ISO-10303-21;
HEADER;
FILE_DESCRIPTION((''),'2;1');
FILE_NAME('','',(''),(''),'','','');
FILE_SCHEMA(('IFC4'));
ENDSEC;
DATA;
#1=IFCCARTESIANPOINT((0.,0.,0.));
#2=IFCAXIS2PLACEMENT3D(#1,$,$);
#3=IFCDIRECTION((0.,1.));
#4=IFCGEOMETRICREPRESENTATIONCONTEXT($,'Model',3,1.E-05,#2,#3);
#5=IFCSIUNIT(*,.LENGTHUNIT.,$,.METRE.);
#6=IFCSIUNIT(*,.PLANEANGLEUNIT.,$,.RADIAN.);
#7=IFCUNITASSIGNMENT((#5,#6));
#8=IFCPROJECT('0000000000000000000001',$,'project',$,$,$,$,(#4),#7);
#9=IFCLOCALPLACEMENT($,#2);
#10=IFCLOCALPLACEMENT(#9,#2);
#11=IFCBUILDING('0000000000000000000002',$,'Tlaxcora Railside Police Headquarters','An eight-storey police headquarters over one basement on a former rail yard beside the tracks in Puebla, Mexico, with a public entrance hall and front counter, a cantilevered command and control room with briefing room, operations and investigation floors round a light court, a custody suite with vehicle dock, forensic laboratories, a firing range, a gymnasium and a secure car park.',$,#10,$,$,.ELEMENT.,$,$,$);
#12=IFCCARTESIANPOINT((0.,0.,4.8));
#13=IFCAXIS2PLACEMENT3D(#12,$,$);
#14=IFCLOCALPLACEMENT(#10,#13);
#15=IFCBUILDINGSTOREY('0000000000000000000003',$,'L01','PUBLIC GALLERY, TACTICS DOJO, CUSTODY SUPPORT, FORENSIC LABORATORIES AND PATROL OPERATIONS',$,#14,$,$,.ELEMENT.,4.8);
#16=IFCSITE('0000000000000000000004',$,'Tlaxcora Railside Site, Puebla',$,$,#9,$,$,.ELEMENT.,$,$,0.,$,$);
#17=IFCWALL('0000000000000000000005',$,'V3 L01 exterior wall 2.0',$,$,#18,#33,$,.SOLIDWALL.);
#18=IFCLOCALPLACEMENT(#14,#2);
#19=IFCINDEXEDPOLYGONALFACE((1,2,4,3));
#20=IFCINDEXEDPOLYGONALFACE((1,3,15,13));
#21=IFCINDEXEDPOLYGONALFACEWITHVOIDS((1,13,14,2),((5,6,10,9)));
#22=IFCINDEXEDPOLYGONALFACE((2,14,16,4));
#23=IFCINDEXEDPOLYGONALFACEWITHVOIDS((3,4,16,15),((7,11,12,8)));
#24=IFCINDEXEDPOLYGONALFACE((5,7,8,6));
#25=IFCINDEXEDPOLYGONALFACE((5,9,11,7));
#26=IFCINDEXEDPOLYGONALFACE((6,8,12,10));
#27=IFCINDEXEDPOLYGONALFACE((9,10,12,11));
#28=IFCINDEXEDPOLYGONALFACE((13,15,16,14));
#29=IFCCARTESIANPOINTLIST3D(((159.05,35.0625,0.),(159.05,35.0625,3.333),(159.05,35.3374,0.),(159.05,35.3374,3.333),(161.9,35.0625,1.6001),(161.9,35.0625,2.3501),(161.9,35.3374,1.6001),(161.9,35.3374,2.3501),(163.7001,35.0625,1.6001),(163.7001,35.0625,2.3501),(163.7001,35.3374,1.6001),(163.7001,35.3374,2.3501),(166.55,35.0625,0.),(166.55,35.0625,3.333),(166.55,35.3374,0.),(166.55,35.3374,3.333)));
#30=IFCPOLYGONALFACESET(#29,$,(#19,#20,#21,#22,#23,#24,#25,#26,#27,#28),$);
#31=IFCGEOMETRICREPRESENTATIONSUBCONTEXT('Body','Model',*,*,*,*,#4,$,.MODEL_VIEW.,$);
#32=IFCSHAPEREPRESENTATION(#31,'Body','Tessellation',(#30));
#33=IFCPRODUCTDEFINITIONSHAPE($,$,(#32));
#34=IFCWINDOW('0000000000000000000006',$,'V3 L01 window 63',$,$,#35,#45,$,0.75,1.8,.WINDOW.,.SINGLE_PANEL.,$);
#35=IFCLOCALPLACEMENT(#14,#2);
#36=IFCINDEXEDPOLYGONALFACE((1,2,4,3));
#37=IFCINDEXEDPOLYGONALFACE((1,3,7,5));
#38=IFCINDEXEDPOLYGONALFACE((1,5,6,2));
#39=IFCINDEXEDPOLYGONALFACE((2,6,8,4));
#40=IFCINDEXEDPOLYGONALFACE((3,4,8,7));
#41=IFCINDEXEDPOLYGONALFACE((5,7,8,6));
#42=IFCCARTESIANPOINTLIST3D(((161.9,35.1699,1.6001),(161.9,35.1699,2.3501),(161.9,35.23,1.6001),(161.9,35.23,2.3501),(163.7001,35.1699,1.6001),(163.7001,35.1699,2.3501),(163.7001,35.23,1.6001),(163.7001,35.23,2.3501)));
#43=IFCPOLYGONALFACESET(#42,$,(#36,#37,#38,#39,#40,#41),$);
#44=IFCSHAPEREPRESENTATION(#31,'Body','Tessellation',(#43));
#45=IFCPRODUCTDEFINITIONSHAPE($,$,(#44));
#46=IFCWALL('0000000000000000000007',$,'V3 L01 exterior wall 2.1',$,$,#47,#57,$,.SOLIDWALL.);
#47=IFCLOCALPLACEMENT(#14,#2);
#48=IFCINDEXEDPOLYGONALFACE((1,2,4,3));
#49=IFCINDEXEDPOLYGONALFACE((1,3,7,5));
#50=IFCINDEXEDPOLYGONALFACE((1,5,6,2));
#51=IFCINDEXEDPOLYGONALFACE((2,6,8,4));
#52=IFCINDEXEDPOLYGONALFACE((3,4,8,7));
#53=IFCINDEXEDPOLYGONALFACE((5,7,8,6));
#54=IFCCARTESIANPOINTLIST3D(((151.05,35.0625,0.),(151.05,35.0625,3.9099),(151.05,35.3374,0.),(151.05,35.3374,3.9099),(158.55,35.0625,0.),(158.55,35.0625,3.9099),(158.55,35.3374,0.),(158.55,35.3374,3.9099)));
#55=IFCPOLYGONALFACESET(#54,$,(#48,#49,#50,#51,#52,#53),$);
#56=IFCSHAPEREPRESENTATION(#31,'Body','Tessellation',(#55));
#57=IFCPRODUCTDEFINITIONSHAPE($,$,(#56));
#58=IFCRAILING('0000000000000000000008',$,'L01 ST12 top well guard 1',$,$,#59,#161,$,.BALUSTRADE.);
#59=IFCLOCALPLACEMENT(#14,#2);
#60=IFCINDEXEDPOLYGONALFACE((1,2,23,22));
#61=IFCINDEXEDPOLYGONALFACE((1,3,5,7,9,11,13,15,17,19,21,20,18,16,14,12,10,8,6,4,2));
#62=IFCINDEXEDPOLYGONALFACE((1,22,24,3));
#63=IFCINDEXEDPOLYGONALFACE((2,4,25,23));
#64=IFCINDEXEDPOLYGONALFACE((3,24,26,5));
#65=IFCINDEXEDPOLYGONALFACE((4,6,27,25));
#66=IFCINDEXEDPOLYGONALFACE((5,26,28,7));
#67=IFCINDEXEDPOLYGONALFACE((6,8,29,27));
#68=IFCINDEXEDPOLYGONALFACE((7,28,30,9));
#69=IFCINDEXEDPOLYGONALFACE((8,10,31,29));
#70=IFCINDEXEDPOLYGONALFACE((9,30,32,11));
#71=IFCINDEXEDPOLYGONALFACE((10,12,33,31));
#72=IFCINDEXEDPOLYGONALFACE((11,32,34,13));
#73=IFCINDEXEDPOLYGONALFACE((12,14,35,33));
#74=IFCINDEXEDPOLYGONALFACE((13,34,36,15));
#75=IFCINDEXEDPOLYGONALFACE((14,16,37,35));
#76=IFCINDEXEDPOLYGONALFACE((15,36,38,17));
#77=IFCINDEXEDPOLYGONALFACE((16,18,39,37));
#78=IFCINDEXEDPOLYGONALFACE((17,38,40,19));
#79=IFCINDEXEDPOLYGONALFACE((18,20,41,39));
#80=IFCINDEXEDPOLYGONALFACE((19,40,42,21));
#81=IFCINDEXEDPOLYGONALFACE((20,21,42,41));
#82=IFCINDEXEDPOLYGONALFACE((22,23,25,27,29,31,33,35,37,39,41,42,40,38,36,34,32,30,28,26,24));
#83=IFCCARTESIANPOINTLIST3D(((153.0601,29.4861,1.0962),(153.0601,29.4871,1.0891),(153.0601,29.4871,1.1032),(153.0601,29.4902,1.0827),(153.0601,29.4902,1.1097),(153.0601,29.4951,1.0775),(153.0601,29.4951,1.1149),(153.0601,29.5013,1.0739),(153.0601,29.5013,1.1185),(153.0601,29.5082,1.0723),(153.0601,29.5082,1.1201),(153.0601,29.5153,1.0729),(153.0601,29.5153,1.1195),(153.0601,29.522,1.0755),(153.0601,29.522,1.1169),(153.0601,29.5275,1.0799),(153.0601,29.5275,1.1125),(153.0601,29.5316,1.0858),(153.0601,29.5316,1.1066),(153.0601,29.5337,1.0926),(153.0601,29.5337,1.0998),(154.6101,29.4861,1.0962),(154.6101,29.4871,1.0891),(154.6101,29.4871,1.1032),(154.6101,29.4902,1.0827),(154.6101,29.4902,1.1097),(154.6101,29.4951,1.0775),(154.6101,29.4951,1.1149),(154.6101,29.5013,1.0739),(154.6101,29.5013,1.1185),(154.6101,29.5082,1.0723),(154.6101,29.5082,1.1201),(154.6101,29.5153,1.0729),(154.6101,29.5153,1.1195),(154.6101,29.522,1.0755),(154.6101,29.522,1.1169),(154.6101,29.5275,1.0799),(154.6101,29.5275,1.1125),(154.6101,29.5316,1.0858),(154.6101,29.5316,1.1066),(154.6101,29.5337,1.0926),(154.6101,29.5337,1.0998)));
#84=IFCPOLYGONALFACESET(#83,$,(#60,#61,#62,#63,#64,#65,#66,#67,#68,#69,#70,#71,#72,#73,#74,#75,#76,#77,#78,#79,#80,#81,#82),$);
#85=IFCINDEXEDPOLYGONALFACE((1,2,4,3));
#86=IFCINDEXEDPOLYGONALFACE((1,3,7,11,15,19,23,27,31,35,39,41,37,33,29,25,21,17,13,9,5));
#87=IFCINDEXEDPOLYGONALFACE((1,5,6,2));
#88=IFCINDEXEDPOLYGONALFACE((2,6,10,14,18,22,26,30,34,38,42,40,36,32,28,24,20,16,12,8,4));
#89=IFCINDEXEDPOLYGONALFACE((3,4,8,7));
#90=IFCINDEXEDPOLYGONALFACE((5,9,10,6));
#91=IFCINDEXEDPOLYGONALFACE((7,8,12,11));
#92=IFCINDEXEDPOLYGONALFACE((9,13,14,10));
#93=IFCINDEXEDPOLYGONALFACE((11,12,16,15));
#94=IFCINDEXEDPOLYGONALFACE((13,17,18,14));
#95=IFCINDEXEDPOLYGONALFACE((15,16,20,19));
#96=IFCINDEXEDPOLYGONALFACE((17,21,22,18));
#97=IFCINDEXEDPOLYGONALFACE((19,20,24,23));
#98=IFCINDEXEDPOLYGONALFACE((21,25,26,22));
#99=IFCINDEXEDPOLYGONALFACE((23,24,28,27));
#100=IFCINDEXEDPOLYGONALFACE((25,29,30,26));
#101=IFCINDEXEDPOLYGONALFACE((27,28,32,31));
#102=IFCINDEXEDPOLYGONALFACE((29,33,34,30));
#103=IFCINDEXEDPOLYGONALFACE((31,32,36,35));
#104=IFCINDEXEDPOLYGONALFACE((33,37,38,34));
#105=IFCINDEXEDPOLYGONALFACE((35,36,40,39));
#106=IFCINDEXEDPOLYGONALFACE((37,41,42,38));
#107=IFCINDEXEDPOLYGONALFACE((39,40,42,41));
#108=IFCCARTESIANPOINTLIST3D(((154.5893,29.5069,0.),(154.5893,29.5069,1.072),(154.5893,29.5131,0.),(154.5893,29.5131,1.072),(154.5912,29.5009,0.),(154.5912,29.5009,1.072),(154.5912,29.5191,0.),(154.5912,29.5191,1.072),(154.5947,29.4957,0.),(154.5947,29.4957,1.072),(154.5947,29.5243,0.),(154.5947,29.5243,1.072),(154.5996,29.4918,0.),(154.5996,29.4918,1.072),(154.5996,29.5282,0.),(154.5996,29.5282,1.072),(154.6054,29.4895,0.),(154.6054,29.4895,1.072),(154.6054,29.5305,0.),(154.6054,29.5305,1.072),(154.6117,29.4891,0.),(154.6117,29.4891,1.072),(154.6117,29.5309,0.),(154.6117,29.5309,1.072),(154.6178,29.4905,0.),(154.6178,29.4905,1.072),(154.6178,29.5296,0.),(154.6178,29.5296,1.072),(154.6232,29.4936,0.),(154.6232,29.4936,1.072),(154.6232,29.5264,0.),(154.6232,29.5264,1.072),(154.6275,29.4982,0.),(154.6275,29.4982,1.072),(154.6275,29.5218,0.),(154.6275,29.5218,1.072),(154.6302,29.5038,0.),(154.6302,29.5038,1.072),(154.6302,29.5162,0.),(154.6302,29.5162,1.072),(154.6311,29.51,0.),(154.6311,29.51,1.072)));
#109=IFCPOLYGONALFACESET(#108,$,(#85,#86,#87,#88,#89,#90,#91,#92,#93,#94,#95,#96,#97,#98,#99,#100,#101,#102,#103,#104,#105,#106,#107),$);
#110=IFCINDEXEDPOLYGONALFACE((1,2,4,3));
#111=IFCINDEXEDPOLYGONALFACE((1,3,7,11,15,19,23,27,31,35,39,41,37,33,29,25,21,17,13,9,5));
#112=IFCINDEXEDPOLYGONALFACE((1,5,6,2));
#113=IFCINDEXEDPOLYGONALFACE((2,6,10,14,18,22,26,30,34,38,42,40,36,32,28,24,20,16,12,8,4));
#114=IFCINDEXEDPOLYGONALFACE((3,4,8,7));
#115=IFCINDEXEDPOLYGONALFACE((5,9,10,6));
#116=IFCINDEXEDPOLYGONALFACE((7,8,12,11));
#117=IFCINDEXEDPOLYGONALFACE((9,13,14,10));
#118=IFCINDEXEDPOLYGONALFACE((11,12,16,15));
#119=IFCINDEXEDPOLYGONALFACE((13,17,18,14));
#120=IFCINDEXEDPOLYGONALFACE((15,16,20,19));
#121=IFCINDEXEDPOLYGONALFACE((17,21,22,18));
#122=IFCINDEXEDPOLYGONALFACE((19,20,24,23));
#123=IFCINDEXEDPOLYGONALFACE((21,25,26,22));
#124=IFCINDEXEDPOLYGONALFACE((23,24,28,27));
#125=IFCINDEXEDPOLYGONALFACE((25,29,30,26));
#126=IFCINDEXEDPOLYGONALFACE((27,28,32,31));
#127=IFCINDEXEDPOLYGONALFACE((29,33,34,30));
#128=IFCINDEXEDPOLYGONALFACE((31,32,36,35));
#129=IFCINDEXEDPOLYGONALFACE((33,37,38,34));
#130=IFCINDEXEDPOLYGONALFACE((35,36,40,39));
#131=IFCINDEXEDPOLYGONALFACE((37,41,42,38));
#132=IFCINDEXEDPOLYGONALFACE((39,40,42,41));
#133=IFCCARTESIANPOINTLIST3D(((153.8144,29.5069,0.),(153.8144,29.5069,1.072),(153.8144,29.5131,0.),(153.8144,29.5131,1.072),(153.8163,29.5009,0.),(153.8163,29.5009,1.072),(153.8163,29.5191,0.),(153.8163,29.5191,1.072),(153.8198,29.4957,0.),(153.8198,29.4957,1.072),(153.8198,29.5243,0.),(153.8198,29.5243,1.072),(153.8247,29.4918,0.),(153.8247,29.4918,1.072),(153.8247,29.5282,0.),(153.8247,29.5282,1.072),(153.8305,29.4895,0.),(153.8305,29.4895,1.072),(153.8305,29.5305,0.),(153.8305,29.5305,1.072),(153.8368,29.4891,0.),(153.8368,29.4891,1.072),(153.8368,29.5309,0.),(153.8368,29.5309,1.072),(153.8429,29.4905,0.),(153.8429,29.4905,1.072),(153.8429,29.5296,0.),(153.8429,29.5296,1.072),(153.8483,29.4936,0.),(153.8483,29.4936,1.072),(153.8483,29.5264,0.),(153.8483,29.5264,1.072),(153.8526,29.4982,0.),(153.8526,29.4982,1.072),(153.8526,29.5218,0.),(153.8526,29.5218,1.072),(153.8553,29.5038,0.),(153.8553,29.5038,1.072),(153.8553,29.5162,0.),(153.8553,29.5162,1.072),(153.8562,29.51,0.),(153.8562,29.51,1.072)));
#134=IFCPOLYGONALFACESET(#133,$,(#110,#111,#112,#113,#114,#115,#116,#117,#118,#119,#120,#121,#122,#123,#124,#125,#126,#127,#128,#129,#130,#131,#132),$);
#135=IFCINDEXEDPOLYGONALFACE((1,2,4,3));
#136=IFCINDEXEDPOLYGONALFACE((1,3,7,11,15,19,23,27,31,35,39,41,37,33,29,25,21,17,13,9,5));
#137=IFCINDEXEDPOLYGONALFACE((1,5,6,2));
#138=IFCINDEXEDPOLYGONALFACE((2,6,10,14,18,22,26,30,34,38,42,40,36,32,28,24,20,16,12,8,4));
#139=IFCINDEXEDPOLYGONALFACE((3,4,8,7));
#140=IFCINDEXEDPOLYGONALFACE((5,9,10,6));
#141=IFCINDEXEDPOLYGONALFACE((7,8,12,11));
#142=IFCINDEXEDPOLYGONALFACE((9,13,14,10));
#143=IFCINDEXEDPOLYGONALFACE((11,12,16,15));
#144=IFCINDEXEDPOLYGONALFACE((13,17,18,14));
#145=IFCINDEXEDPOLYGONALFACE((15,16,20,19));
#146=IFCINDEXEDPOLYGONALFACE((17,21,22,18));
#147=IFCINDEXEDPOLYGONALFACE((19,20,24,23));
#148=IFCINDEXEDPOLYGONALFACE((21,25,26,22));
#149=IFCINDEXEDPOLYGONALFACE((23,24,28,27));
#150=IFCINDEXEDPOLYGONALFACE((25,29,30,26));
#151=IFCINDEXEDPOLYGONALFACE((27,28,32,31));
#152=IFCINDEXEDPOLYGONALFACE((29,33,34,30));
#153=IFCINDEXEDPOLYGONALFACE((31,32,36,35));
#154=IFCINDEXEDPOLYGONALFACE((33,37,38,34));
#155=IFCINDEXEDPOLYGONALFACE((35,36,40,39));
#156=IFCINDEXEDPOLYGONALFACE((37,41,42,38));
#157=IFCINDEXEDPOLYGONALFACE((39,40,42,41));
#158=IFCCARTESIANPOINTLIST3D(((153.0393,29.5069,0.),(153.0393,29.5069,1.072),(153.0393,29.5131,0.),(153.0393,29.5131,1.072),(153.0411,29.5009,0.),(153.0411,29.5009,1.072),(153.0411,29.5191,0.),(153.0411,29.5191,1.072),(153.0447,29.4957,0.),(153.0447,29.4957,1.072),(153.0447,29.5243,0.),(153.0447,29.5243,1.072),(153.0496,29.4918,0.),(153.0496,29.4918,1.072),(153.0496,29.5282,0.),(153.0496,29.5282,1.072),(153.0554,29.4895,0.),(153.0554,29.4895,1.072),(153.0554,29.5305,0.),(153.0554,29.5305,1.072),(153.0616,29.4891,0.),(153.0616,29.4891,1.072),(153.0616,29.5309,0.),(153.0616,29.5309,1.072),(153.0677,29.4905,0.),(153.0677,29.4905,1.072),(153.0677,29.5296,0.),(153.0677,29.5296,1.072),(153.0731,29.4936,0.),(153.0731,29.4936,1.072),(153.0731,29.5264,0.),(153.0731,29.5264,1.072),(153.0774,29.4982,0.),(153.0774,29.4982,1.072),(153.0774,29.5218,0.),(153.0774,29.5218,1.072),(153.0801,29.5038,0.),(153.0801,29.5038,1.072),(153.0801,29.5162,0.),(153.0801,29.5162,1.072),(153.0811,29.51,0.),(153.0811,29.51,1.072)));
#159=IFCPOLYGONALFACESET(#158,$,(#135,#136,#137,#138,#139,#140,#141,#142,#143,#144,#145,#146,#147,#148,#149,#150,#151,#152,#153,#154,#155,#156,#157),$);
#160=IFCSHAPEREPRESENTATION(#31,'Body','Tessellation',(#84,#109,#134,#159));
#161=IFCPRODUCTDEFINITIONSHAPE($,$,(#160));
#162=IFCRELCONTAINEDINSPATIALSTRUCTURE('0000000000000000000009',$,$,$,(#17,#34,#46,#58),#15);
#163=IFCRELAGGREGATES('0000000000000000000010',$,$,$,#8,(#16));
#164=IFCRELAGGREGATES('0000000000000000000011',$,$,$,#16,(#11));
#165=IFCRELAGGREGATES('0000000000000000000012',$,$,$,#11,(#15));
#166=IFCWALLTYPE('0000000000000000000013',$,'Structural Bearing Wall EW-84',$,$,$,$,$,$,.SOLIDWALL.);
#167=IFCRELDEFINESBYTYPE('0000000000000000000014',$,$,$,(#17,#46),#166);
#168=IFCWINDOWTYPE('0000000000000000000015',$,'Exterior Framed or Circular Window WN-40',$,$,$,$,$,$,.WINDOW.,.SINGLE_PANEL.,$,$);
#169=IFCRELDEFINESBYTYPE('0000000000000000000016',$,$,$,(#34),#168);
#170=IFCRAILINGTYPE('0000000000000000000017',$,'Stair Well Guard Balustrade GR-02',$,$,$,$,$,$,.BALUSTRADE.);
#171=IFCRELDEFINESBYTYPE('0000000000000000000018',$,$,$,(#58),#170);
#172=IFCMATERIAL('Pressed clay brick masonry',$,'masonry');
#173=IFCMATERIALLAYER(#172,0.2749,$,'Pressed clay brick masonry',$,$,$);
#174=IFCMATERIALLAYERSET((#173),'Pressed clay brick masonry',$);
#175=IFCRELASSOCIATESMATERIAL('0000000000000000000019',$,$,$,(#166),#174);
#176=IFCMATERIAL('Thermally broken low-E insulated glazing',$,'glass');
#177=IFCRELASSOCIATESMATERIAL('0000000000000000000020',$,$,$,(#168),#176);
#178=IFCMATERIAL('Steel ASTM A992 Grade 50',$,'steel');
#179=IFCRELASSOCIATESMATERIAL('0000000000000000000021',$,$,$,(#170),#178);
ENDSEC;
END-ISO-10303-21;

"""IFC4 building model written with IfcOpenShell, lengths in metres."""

from ifc_helpers import new_model, si_unit, direction, frame, frame_2d, origin, origin_2d, place, context, subcontext, project, spatial, rectangle, circle, extrude, material, layer, layer_set, type_object, element, fill, save


model = new_model("IFC4")

# Units and contexts
model_context = context("Model", 3, precision=1e-05, world=origin(), true_north=direction((0.0, 1.0)))
body_context = subcontext(model_context, "Body", "Model", "MODEL_VIEW")
ifc_project = project(units=[si_unit("LENGTHUNIT", "METRE"), si_unit("PLANEANGLEUNIT", "RADIAN")], contexts=[model_context])

# Site, building, storey
site_placement = place(None, origin())
site = spatial("IfcSite", under=ifc_project, at=site_placement, Name="Tlaxcora Railside Site, Puebla", CompositionType="ELEMENT", RefElevation=0.0)
building_placement = place(site_placement, origin())
building = spatial("IfcBuilding", under=site, at=building_placement, Name="Tlaxcora Railside Police Headquarters", Description="An eight-storey police headquarters over one basement on a former rail yard beside the tracks in Puebla, Mexico, with a public entrance hall and front counter, a cantilevered command and control room with briefing room, operations and investigation floors round a light court, a custody suite with vehicle dock, forensic laboratories, a firing range, a gymnasium and a secure car park.", CompositionType="ELEMENT")
storey_placement = place(building_placement, frame((0.0, 0.0, 4.8)))
storey = spatial("IfcBuildingStorey", under=building, at=storey_placement, Name="L01", Description="PUBLIC GALLERY, TACTICS DOJO, CUSTODY SUPPORT, FORENSIC LABORATORIES AND PATROL OPERATIONS", CompositionType="ELEMENT", Elevation=4.8)

# Shared definitions
ifc_material_1 = material(Name="Steel ASTM A992 Grade 50", Category="steel")

# Wall, opening, window
ifc_material_2 = material(Name="Pressed clay brick masonry", Category="masonry")
ifc_layer_1 = layer(ifc_material_2, 0.2749, Name="Pressed clay brick masonry")
ifc_layer_set_1 = layer_set([ifc_layer_1], Name="Pressed clay brick masonry")
wall_type_1 = type_object("IfcWallType", Name="Structural Bearing Wall EW-84", PredefinedType="SOLIDWALL", material=ifc_layer_set_1)
ifc_material_3 = material(Name="Thermally broken low-E insulated glazing", Category="glass")
wall_1_placement = place(storey_placement, frame((166.55, 35.2, 0.0), z_axis=(0.0, 0.0, 1.0), x_axis=(-1.0, 0.0, 0.0)))
wall_1 = element("IfcWall", 1, at=wall_1_placement, inside=storey, type_object=wall_type_1, Name="V3 L01 exterior wall 2.0", PredefinedType="SOLIDWALL", context=body_context, shape_type="SweptSolid", body=[
    extrude(rectangle(XDim=7.5, YDim=0.2749, at=frame_2d((3.75, 0.0))), origin(), (0.0, 0.0, 1.0), 3.333),
])
opening_1_placement = place(wall_1_placement, frame((2.8501, 0.0, 1.6001)))
opening_1 = element("IfcOpeningElement", 2, at=opening_1_placement, cuts=wall_1, PredefinedType="OPENING", context=body_context, shape_type="SweptSolid", body=[
    extrude(rectangle(XDim=1.8, YDim=0.75, at=frame_2d((0.8999, 0.375))), frame((0.0, 0.1475, 0.0), z_axis=(0.0, -1.0, 0.0), x_axis=(1.0, 0.0, 0.0)), (0.0, 0.0, 1.0), 0.2949),
])
window_type_1 = type_object("IfcWindowType", Name="Exterior Framed or Circular Window WN-40", PartitioningType="SINGLE_PANEL", PredefinedType="WINDOW", material=ifc_material_3)
window_1_placement = place(opening_1_placement, origin())
window_1 = element("IfcWindow", 3, at=window_1_placement, inside=storey, type_object=window_type_1, Name="V3 L01 window 63", OverallHeight=0.75, OverallWidth=1.8, PartitioningType="SINGLE_PANEL", PredefinedType="WINDOW", context=body_context, shape_type="SweptSolid", body=[
    extrude(rectangle(XDim=1.8, YDim=0.75, at=frame_2d((0.8999, 0.375))), frame((0.0, 0.03, 0.0), z_axis=(0.0, -1.0, 0.0), x_axis=(1.0, 0.0, 0.0)), (0.0, 0.0, 1.0), 0.0601),
])
fill(opening_1, window_1)

# Wall
wall_2_placement = place(storey_placement, frame((158.55, 35.2, 0.0), z_axis=(0.0, 0.0, 1.0), x_axis=(-1.0, 0.0, 0.0)))
element("IfcWall", 4, at=wall_2_placement, inside=storey, type_object=wall_type_1, Name="V3 L01 exterior wall 2.1", PredefinedType="SOLIDWALL", context=body_context, shape_type="SweptSolid", body=[
    extrude(rectangle(XDim=7.5, YDim=0.2749, at=frame_2d((3.75, 0.0))), origin(), (0.0, 0.0, 1.0), 3.9099),
])

# Railing
railing_type = type_object("IfcRailingType", Name="Stair Well Guard Balustrade GR-02", PredefinedType="BALUSTRADE", material=ifc_material_1)
railing_placement = place(storey_placement, frame((154.6101, 29.51, 0.0)))
element("IfcRailing", 5, at=railing_placement, inside=storey, type_object=railing_type, Name="L01 ST12 top well guard 1", PredefinedType="BALUSTRADE", context=body_context, shape_type="SweptSolid", body=[
    extrude(circle(Radius=0.0239, at=origin_2d()), frame((0.0, 0.0, 1.0962), z_axis=(-1.0, 0.0, 0.0), x_axis=(0.0, -1.0, 0.0)), (0.0, 0.0, 1.0), 1.55),
    extrude(circle(Radius=0.021, at=origin_2d()), origin(), (0.0, 0.0, 1.0), 1.072),
    extrude(circle(Radius=0.021, at=origin_2d()), frame((-0.7749, 0.0, 0.0)), (0.0, 0.0, 1.0), 1.072),
    extrude(circle(Radius=0.021, at=origin_2d()), frame((-1.55, 0.0, 0.0)), (0.0, 0.0, 1.0), 1.072),
])

save(model, "model.ifc")
